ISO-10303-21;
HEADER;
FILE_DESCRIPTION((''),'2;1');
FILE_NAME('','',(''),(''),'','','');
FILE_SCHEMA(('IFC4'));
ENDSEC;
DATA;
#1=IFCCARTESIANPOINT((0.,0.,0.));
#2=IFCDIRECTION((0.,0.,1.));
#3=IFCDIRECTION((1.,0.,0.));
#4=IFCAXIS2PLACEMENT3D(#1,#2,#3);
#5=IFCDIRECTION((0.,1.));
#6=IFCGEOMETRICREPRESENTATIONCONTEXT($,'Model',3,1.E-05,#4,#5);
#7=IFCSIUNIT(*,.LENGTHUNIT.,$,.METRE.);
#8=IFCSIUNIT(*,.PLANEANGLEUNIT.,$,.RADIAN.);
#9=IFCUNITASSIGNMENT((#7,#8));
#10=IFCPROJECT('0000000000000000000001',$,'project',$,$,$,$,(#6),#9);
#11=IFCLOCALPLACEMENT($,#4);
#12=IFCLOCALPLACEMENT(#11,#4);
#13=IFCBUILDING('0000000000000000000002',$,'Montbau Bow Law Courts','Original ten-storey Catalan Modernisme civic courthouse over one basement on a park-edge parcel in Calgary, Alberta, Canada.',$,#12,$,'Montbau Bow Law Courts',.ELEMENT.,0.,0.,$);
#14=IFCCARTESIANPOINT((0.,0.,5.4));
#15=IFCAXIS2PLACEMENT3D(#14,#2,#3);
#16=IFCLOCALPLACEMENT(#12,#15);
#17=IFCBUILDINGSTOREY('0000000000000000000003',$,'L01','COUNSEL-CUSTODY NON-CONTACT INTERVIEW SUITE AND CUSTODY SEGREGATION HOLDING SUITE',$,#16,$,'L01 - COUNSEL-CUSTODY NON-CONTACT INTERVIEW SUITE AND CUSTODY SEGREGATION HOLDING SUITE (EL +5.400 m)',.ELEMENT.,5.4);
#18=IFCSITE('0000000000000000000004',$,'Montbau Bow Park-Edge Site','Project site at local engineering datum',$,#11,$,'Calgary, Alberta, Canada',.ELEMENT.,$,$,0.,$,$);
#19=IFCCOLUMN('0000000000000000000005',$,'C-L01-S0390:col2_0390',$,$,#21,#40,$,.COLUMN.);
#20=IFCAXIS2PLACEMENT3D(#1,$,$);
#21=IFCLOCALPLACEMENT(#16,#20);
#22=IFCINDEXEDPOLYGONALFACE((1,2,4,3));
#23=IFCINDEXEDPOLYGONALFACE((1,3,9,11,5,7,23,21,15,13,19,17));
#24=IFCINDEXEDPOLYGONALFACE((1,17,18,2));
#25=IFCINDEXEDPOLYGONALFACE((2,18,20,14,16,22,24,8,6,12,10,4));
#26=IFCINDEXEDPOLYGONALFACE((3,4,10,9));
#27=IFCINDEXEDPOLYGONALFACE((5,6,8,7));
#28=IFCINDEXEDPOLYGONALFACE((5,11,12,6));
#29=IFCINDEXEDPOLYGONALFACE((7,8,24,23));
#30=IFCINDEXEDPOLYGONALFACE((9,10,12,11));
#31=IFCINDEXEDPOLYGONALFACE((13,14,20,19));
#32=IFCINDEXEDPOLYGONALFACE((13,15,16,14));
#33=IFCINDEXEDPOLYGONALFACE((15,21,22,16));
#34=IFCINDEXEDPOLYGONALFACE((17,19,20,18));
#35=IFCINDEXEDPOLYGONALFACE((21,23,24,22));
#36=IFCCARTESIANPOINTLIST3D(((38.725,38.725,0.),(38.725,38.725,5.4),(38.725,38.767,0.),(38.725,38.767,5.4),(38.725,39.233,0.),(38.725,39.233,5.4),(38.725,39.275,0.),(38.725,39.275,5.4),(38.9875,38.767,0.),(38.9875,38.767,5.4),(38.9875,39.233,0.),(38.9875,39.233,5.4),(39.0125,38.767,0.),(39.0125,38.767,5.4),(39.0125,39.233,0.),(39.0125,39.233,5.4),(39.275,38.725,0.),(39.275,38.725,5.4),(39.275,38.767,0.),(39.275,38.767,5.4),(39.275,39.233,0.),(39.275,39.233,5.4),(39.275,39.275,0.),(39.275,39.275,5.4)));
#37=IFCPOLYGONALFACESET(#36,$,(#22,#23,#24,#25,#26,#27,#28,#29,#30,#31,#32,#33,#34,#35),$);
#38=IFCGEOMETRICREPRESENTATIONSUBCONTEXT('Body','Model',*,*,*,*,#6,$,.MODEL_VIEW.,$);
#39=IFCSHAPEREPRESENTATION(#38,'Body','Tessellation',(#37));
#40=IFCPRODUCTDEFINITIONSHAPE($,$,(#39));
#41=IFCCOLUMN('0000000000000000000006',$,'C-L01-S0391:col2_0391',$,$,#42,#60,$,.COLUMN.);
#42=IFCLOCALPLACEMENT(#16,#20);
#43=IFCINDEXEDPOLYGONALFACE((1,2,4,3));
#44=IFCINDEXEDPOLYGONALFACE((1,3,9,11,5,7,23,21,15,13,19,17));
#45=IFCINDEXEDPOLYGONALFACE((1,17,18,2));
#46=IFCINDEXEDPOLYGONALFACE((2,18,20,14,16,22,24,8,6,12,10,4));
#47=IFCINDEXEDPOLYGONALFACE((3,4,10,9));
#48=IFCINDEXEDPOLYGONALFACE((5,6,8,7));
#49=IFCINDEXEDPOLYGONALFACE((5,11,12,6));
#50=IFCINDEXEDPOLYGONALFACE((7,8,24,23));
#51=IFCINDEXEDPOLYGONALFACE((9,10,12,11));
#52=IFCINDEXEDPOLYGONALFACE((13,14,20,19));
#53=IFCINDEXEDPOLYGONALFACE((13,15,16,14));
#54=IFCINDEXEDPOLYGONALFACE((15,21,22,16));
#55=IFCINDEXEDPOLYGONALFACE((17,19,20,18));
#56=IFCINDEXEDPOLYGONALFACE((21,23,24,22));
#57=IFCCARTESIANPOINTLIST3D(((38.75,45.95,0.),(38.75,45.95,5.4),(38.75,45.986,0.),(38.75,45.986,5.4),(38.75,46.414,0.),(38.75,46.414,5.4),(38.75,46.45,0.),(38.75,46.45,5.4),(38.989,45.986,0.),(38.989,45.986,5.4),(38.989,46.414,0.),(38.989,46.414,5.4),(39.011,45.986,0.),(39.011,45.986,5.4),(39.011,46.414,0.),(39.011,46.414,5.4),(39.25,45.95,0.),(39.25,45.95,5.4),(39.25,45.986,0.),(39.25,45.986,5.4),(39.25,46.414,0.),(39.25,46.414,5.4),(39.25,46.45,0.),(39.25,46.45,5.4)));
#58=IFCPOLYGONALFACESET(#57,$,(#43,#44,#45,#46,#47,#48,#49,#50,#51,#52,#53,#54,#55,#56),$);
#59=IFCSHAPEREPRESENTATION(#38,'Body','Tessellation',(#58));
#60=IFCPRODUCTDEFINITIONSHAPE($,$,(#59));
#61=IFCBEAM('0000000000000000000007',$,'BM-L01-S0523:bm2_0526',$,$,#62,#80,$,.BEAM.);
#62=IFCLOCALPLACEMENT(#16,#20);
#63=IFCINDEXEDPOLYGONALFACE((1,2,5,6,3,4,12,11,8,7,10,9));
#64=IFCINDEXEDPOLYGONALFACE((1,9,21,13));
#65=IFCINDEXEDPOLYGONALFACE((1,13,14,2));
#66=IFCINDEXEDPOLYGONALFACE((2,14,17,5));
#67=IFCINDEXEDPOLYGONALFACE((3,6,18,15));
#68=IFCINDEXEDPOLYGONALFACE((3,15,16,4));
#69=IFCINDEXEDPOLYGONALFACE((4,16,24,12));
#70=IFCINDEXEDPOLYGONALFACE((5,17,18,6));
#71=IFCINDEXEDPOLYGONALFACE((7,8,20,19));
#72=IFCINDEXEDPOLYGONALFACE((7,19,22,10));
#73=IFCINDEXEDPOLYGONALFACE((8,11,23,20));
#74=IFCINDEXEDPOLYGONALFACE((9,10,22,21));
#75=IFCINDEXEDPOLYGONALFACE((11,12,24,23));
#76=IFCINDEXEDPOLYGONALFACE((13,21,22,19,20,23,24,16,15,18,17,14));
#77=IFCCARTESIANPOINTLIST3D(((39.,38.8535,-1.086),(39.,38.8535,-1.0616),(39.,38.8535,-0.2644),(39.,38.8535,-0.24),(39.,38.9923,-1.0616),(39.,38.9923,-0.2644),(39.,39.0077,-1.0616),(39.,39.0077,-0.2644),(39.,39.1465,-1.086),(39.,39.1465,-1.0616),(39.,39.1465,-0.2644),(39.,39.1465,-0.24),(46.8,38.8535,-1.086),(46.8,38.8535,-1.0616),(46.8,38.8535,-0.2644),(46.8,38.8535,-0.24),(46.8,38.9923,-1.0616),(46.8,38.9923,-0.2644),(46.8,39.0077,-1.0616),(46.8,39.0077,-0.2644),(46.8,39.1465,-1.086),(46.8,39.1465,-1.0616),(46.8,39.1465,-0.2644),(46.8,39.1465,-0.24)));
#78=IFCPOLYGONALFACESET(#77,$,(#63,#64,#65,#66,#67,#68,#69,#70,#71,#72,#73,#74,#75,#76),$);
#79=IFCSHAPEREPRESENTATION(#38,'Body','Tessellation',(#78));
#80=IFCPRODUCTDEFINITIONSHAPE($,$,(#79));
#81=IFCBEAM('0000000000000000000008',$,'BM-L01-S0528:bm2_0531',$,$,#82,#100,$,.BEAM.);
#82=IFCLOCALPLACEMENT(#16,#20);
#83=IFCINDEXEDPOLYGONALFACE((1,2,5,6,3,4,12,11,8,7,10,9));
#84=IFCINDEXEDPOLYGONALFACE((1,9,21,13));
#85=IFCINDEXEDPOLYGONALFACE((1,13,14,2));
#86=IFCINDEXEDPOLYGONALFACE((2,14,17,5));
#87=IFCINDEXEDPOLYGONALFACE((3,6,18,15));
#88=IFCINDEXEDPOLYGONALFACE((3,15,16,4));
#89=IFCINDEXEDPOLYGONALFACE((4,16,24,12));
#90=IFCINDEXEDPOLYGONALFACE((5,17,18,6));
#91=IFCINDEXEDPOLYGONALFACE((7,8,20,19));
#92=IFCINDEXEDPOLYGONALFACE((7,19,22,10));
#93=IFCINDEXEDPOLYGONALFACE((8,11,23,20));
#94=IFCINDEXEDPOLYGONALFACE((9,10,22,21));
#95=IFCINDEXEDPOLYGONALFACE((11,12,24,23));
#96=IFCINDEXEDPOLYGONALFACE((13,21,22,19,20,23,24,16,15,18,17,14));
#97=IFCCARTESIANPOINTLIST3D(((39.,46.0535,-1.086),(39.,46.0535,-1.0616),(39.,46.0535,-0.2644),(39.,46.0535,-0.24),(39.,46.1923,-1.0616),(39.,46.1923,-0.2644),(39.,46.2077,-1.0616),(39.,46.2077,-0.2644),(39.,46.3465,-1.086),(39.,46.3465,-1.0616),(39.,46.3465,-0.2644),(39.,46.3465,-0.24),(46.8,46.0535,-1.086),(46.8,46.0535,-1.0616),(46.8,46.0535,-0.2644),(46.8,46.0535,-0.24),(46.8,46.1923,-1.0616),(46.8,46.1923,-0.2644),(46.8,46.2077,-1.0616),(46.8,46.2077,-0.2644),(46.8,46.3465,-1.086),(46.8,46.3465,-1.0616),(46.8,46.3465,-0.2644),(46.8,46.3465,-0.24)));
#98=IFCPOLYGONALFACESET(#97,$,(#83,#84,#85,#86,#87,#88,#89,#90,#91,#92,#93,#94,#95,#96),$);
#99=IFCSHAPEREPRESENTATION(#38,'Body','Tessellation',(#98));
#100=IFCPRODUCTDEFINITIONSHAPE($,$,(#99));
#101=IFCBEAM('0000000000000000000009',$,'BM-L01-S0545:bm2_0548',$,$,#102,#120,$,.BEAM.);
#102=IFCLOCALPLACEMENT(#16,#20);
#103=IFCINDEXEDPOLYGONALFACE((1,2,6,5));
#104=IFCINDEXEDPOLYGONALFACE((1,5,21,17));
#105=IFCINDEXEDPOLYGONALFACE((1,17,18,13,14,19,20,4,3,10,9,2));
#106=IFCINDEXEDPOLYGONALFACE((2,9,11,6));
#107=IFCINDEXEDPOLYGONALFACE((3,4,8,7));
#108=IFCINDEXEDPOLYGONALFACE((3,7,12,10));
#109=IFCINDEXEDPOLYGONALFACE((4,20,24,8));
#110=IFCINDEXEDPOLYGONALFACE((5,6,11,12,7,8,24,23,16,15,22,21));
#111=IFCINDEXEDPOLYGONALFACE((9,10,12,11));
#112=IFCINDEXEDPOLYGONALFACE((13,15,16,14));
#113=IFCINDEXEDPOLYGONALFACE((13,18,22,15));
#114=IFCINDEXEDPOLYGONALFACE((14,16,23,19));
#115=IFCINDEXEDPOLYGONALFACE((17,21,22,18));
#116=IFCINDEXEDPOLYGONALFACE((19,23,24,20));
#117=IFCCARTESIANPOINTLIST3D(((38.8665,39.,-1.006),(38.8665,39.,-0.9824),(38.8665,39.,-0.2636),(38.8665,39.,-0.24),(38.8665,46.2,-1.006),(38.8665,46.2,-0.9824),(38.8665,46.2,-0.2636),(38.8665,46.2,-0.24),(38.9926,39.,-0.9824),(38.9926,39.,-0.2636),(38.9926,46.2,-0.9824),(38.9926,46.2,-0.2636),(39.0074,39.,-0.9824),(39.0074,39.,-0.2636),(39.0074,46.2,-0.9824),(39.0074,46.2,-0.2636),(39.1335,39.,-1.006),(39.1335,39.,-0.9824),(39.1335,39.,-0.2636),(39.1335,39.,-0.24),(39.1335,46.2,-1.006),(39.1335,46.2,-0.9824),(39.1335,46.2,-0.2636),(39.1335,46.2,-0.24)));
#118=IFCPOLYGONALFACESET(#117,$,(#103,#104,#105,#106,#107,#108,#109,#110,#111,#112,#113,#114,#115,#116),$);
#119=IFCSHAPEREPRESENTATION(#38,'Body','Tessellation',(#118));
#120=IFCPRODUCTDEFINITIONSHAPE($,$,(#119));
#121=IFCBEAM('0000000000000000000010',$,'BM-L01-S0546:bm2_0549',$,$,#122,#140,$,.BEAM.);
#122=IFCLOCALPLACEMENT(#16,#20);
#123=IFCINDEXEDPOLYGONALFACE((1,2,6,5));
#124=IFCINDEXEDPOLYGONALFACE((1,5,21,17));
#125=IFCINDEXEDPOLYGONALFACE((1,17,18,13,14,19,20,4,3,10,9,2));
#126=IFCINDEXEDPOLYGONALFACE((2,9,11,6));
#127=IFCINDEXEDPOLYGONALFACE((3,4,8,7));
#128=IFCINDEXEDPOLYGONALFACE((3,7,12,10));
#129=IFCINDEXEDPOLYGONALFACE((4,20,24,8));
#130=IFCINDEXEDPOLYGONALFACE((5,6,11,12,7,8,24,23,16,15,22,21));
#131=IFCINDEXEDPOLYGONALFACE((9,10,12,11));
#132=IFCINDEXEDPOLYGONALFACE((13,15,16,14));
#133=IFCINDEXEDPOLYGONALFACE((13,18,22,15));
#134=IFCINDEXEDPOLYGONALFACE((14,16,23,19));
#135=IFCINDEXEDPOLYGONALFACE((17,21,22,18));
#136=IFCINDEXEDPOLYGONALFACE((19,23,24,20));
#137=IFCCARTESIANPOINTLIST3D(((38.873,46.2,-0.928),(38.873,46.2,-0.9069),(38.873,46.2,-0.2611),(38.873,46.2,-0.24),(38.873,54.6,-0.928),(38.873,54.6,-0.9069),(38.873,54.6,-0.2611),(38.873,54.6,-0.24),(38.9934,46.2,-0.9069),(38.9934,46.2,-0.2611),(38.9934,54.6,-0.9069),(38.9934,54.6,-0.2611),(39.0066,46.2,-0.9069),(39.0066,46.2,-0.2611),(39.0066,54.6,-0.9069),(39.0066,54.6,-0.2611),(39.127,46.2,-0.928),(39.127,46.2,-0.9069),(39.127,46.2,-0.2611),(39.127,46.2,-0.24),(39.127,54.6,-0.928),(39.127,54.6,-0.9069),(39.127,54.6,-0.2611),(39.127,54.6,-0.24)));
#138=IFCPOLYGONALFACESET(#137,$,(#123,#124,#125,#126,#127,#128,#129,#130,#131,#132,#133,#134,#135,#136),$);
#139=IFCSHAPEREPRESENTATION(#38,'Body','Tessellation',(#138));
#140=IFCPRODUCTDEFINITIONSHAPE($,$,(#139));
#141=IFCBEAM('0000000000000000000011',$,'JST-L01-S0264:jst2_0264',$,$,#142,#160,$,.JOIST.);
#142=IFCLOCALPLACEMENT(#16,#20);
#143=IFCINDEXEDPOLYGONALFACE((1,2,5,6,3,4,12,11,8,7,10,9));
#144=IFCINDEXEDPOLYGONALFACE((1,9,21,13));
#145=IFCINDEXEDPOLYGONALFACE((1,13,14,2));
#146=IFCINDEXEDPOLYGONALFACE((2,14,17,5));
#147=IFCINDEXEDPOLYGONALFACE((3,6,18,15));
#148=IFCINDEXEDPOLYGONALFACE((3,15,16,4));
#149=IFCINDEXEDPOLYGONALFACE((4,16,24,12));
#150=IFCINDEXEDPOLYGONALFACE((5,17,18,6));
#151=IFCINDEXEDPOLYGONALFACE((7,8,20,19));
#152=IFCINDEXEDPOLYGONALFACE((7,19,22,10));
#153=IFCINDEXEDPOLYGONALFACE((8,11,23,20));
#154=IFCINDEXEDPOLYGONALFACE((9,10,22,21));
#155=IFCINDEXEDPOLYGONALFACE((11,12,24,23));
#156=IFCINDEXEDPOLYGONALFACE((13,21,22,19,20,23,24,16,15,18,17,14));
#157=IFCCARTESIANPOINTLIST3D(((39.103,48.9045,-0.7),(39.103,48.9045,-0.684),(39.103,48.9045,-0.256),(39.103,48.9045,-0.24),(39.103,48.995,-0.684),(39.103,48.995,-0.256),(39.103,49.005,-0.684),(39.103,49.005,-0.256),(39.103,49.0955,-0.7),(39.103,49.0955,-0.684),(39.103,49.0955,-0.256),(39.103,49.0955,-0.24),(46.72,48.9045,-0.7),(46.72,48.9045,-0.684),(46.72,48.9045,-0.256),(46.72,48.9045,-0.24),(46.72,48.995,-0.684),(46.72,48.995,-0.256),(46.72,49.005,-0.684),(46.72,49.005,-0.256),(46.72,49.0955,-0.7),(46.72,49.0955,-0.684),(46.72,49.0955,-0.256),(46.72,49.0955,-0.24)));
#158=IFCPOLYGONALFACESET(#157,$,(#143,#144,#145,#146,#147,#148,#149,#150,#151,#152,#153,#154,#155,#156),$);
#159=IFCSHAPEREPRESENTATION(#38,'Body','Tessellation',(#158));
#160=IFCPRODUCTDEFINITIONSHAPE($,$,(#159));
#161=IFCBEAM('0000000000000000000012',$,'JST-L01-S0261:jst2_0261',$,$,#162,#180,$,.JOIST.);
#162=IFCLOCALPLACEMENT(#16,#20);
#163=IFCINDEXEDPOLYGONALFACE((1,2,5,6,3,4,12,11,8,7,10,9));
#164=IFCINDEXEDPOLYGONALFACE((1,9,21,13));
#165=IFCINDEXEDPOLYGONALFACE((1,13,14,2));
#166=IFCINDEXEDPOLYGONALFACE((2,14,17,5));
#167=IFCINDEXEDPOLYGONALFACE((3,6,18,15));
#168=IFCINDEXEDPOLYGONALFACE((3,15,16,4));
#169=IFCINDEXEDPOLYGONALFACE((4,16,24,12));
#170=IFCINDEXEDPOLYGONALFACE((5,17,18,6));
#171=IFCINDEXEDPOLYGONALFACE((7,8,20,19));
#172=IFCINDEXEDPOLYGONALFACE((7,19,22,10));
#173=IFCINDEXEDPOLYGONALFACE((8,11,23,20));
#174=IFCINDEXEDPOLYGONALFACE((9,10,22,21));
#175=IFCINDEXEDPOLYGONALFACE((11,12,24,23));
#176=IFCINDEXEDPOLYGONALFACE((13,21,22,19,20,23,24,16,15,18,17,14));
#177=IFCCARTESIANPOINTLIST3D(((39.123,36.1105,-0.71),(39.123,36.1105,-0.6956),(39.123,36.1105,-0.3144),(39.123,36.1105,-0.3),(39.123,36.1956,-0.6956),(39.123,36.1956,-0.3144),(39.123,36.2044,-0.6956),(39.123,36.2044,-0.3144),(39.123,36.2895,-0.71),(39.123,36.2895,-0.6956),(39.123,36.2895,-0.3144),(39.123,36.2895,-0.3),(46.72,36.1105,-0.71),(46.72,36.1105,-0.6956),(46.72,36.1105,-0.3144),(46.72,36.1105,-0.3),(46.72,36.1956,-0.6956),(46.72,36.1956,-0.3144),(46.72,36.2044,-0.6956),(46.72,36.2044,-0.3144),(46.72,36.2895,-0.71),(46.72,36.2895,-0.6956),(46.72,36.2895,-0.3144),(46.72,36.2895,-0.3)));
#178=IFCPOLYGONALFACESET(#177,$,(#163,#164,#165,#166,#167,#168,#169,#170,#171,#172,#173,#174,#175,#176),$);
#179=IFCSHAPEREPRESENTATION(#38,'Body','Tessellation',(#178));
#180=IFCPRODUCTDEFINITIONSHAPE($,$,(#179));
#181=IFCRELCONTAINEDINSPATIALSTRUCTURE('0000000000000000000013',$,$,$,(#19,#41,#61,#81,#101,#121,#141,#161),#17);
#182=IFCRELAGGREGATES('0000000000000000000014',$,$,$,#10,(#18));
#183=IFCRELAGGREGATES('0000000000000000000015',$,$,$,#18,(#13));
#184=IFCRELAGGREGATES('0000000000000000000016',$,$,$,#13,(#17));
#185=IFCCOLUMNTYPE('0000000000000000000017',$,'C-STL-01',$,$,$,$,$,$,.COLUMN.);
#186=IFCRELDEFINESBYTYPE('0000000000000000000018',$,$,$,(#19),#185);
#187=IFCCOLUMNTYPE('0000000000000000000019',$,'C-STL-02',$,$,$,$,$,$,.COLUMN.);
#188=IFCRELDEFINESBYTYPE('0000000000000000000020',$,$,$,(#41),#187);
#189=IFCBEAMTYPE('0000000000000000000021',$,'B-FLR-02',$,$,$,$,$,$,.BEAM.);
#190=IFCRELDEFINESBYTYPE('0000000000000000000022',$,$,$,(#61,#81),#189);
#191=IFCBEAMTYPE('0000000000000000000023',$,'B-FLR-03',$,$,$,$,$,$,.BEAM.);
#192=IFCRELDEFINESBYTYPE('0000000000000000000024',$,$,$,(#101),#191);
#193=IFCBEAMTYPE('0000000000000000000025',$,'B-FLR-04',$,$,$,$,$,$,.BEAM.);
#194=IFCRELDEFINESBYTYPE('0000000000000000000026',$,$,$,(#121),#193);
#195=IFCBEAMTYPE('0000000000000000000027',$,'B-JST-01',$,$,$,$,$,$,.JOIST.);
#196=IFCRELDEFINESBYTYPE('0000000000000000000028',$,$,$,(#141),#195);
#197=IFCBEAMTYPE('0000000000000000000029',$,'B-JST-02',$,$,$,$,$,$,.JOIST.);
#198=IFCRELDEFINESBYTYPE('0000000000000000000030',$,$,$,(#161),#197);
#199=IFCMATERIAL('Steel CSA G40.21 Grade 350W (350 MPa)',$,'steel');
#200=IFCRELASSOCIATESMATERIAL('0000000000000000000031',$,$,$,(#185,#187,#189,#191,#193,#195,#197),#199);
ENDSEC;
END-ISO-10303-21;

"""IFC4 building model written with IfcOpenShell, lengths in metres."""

from ifc_helpers import new_model, si_unit, direction, frame, origin_with_axes, origin_2d_with_axis, place, context, subcontext, project, spatial, i_section, extrude, material, material_profile, profile_set, type_object, element, save


model = new_model("IFC4")

# Units and contexts
model_context = context("Model", 3, precision=1e-05, world=origin_with_axes(), true_north=direction((0.0, 1.0)))
body_context = subcontext(model_context, "Body", "Model", "MODEL_VIEW")
ifc_project = project(units=[si_unit("LENGTHUNIT", "METRE"), si_unit("PLANEANGLEUNIT", "RADIAN")], contexts=[model_context])

# Site, building, storey
site_placement = place(None, origin_with_axes())
site = spatial("IfcSite", under=ifc_project, at=site_placement, Name="Montbau Bow Park-Edge Site", Description="Project site at local engineering datum", LongName="Calgary, Alberta, Canada", CompositionType="ELEMENT", RefElevation=0.0)
building_placement = place(site_placement, origin_with_axes())
building = spatial("IfcBuilding", under=site, at=building_placement, Name="Montbau Bow Law Courts", Description="Original ten-storey Catalan Modernisme civic courthouse over one basement on a park-edge parcel in Calgary, Alberta, Canada.", LongName="Montbau Bow Law Courts", CompositionType="ELEMENT", ElevationOfRefHeight=0.0, ElevationOfTerrain=0.0)
storey_placement = place(building_placement, frame((0.0, 0.0, 5.4), z_axis=(0.0, 0.0, 1.0), x_axis=(1.0, 0.0, 0.0)))
storey = spatial("IfcBuildingStorey", under=building, at=storey_placement, Name="L01", Description="COUNSEL-CUSTODY NON-CONTACT INTERVIEW SUITE AND CUSTODY SEGREGATION HOLDING SUITE", LongName="L01 - COUNSEL-CUSTODY NON-CONTACT INTERVIEW SUITE AND CUSTODY SEGREGATION HOLDING SUITE (EL +5.400 m)", CompositionType="ELEMENT", Elevation=5.4)

# Columns
ifc_material_1 = material(Name="Steel CSA G40.21 Grade 350W (350 MPa)", Category="steel")
ifc_material_profile_1 = material_profile(ifc_material_1, i_section(OverallWidth=0.55, OverallDepth=0.55, WebThickness=0.025, FlangeThickness=0.042, at=origin_2d_with_axis()), Name="WWF550X420", Category="Main", Priority=0)
ifc_profile_set_1 = profile_set([ifc_material_profile_1], Name="Steel CSA G40.21 Grade 350W (350 MPa)")
column_type_1 = type_object("IfcColumnType", Name="C-STL-01", PredefinedType="COLUMN", material=ifc_profile_set_1)
column_1_placement = place(None, frame((39.0, 39.0, 5.4), z_axis=(0.0, 0.0, 1.0), x_axis=(1.0, 0.0, 0.0)))
element("IfcColumn", 1, at=column_1_placement, inside=storey, type_object=column_type_1, Name="C-L01-S0390:col2_0390", PredefinedType="COLUMN", context=body_context, shape_type="SweptSolid", body=[
    extrude(i_section(OverallWidth=0.55, OverallDepth=0.55, WebThickness=0.025, FlangeThickness=0.042, at=origin_2d_with_axis()), origin_with_axes(), (0.0, 0.0, 1.0), 5.4),
])
ifc_material_profile_2 = material_profile(ifc_material_1, i_section(OverallWidth=0.5, OverallDepth=0.5, WebThickness=0.022, FlangeThickness=0.036, at=origin_2d_with_axis()), Name="WWF500X343", Category="Main", Priority=0)
ifc_profile_set_2 = profile_set([ifc_material_profile_2], Name="Steel CSA G40.21 Grade 350W (350 MPa)")
column_type_2 = type_object("IfcColumnType", Name="C-STL-02", PredefinedType="COLUMN", material=ifc_profile_set_2)
column_2_placement = place(None, frame((39.0, 46.2, 5.4), z_axis=(0.0, 0.0, 1.0), x_axis=(1.0, 0.0, 0.0)))
element("IfcColumn", 2, at=column_2_placement, inside=storey, type_object=column_type_2, Name="C-L01-S0391:col2_0391", PredefinedType="COLUMN", context=body_context, shape_type="SweptSolid", body=[
    extrude(i_section(OverallWidth=0.5, OverallDepth=0.5, WebThickness=0.022, FlangeThickness=0.036, at=origin_2d_with_axis()), origin_with_axes(), (0.0, 0.0, 1.0), 5.4),
])

# Beams
ifc_material_profile_3 = material_profile(ifc_material_1, i_section(OverallWidth=0.293, OverallDepth=0.846, WebThickness=0.0154, FlangeThickness=0.0244, at=origin_2d_with_axis()), Name="W840X210", Category="Main", Priority=0)
ifc_profile_set_3 = profile_set([ifc_material_profile_3], Name="Steel CSA G40.21 Grade 350W (350 MPa)")
beam_type_1 = type_object("IfcBeamType", Name="B-FLR-02", PredefinedType="BEAM", material=ifc_profile_set_3)
for number, where, z_axis, x_axis, name in (
    (3, (39.0, 39.0, 4.737), (1.0, 0.0, 0.0), (0.0, 1.0, 0.0), "BM-L01-S0523:bm2_0526"),
    (4, (39.0, 46.2, 4.737), (1.0, 0.0, 0.0), (0.0, 1.0, 0.0), "BM-L01-S0528:bm2_0531"),
):
    element("IfcBeam", number, at=place(None, frame(where, z_axis=z_axis, x_axis=x_axis)), inside=storey, type_object=beam_type_1, Name=name, PredefinedType="BEAM", context=body_context, shape_type="SweptSolid", body=[
        extrude(i_section(OverallWidth=0.293, OverallDepth=0.846, WebThickness=0.0154, FlangeThickness=0.0244, at=origin_2d_with_axis()), origin_with_axes(), (0.0, 0.0, 1.0), 7.8),
    ])
ifc_material_profile_4 = material_profile(ifc_material_1, i_section(OverallWidth=0.267, OverallDepth=0.766, WebThickness=0.0149, FlangeThickness=0.0236, at=origin_2d_with_axis()), Name="W760X185", Category="Main", Priority=0)
ifc_profile_set_4 = profile_set([ifc_material_profile_4], Name="Steel CSA G40.21 Grade 350W (350 MPa)")
beam_type_2 = type_object("IfcBeamType", Name="B-FLR-03", PredefinedType="BEAM", material=ifc_profile_set_4)
beam_1_placement = place(None, frame((39.0, 39.0, 4.777), z_axis=(0.0, 1.0, 0.0), x_axis=(-1.0, 0.0, 0.0)))
element("IfcBeam", 5, at=beam_1_placement, inside=storey, type_object=beam_type_2, Name="BM-L01-S0545:bm2_0548", PredefinedType="BEAM", context=body_context, shape_type="SweptSolid", body=[
    extrude(i_section(OverallWidth=0.267, OverallDepth=0.766, WebThickness=0.0149, FlangeThickness=0.0236, at=origin_2d_with_axis()), origin_with_axes(), (0.0, 0.0, 1.0), 7.2),
])
ifc_material_profile_5 = material_profile(ifc_material_1, i_section(OverallWidth=0.254, OverallDepth=0.688, WebThickness=0.0131, FlangeThickness=0.0211, at=origin_2d_with_axis()), Name="W690X152", Category="Main", Priority=0)
ifc_profile_set_5 = profile_set([ifc_material_profile_5], Name="Steel CSA G40.21 Grade 350W (350 MPa)")
beam_type_3 = type_object("IfcBeamType", Name="B-FLR-04", PredefinedType="BEAM", material=ifc_profile_set_5)
beam_2_placement = place(None, frame((39.0, 46.2, 4.816), z_axis=(0.0, 1.0, 0.0), x_axis=(-1.0, 0.0, 0.0)))
element("IfcBeam", 6, at=beam_2_placement, inside=storey, type_object=beam_type_3, Name="BM-L01-S0546:bm2_0549", PredefinedType="BEAM", context=body_context, shape_type="SweptSolid", body=[
    extrude(i_section(OverallWidth=0.254, OverallDepth=0.688, WebThickness=0.0131, FlangeThickness=0.0211, at=origin_2d_with_axis()), origin_with_axes(), (0.0, 0.0, 1.0), 8.4),
])
ifc_material_profile_6 = material_profile(ifc_material_1, i_section(OverallWidth=0.191, OverallDepth=0.46, WebThickness=0.0099, FlangeThickness=0.016, at=origin_2d_with_axis()), Name="W460X82", Category="Main", Priority=0)
ifc_profile_set_6 = profile_set([ifc_material_profile_6], Name="Steel CSA G40.21 Grade 350W (350 MPa)")
beam_type_4 = type_object("IfcBeamType", Name="B-JST-01", PredefinedType="JOIST", material=ifc_profile_set_6)
beam_3_placement = place(None, frame((39.103, 49.0, 4.93), z_axis=(1.0, 0.0, 0.0), x_axis=(0.0, 1.0, 0.0)))
element("IfcBeam", 7, at=beam_3_placement, inside=storey, type_object=beam_type_4, Name="JST-L01-S0264:jst2_0264", PredefinedType="JOIST", context=body_context, shape_type="SweptSolid", body=[
    extrude(i_section(OverallWidth=0.191, OverallDepth=0.46, WebThickness=0.0099, FlangeThickness=0.016, at=origin_2d_with_axis()), origin_with_axes(), (0.0, 0.0, 1.0), 7.617),
])
ifc_material_profile_7 = material_profile(ifc_material_1, i_section(OverallWidth=0.179, OverallDepth=0.41, WebThickness=0.0088, FlangeThickness=0.0144, at=origin_2d_with_axis()), Name="W410X67", Category="Main", Priority=0)
ifc_profile_set_7 = profile_set([ifc_material_profile_7], Name="Steel CSA G40.21 Grade 350W (350 MPa)")
beam_type_5 = type_object("IfcBeamType", Name="B-JST-02", PredefinedType="JOIST", material=ifc_profile_set_7)
beam_4_placement = place(None, frame((39.123, 36.2, 4.895), z_axis=(1.0, 0.0, 0.0), x_axis=(0.0, 1.0, 0.0)))
element("IfcBeam", 8, at=beam_4_placement, inside=storey, type_object=beam_type_5, Name="JST-L01-S0261:jst2_0261", PredefinedType="JOIST", context=body_context, shape_type="SweptSolid", body=[
    extrude(i_section(OverallWidth=0.179, OverallDepth=0.41, WebThickness=0.0088, FlangeThickness=0.0144, at=origin_2d_with_axis()), origin_with_axes(), (0.0, 0.0, 1.0), 7.597),
])

save(model, "model.ifc")
